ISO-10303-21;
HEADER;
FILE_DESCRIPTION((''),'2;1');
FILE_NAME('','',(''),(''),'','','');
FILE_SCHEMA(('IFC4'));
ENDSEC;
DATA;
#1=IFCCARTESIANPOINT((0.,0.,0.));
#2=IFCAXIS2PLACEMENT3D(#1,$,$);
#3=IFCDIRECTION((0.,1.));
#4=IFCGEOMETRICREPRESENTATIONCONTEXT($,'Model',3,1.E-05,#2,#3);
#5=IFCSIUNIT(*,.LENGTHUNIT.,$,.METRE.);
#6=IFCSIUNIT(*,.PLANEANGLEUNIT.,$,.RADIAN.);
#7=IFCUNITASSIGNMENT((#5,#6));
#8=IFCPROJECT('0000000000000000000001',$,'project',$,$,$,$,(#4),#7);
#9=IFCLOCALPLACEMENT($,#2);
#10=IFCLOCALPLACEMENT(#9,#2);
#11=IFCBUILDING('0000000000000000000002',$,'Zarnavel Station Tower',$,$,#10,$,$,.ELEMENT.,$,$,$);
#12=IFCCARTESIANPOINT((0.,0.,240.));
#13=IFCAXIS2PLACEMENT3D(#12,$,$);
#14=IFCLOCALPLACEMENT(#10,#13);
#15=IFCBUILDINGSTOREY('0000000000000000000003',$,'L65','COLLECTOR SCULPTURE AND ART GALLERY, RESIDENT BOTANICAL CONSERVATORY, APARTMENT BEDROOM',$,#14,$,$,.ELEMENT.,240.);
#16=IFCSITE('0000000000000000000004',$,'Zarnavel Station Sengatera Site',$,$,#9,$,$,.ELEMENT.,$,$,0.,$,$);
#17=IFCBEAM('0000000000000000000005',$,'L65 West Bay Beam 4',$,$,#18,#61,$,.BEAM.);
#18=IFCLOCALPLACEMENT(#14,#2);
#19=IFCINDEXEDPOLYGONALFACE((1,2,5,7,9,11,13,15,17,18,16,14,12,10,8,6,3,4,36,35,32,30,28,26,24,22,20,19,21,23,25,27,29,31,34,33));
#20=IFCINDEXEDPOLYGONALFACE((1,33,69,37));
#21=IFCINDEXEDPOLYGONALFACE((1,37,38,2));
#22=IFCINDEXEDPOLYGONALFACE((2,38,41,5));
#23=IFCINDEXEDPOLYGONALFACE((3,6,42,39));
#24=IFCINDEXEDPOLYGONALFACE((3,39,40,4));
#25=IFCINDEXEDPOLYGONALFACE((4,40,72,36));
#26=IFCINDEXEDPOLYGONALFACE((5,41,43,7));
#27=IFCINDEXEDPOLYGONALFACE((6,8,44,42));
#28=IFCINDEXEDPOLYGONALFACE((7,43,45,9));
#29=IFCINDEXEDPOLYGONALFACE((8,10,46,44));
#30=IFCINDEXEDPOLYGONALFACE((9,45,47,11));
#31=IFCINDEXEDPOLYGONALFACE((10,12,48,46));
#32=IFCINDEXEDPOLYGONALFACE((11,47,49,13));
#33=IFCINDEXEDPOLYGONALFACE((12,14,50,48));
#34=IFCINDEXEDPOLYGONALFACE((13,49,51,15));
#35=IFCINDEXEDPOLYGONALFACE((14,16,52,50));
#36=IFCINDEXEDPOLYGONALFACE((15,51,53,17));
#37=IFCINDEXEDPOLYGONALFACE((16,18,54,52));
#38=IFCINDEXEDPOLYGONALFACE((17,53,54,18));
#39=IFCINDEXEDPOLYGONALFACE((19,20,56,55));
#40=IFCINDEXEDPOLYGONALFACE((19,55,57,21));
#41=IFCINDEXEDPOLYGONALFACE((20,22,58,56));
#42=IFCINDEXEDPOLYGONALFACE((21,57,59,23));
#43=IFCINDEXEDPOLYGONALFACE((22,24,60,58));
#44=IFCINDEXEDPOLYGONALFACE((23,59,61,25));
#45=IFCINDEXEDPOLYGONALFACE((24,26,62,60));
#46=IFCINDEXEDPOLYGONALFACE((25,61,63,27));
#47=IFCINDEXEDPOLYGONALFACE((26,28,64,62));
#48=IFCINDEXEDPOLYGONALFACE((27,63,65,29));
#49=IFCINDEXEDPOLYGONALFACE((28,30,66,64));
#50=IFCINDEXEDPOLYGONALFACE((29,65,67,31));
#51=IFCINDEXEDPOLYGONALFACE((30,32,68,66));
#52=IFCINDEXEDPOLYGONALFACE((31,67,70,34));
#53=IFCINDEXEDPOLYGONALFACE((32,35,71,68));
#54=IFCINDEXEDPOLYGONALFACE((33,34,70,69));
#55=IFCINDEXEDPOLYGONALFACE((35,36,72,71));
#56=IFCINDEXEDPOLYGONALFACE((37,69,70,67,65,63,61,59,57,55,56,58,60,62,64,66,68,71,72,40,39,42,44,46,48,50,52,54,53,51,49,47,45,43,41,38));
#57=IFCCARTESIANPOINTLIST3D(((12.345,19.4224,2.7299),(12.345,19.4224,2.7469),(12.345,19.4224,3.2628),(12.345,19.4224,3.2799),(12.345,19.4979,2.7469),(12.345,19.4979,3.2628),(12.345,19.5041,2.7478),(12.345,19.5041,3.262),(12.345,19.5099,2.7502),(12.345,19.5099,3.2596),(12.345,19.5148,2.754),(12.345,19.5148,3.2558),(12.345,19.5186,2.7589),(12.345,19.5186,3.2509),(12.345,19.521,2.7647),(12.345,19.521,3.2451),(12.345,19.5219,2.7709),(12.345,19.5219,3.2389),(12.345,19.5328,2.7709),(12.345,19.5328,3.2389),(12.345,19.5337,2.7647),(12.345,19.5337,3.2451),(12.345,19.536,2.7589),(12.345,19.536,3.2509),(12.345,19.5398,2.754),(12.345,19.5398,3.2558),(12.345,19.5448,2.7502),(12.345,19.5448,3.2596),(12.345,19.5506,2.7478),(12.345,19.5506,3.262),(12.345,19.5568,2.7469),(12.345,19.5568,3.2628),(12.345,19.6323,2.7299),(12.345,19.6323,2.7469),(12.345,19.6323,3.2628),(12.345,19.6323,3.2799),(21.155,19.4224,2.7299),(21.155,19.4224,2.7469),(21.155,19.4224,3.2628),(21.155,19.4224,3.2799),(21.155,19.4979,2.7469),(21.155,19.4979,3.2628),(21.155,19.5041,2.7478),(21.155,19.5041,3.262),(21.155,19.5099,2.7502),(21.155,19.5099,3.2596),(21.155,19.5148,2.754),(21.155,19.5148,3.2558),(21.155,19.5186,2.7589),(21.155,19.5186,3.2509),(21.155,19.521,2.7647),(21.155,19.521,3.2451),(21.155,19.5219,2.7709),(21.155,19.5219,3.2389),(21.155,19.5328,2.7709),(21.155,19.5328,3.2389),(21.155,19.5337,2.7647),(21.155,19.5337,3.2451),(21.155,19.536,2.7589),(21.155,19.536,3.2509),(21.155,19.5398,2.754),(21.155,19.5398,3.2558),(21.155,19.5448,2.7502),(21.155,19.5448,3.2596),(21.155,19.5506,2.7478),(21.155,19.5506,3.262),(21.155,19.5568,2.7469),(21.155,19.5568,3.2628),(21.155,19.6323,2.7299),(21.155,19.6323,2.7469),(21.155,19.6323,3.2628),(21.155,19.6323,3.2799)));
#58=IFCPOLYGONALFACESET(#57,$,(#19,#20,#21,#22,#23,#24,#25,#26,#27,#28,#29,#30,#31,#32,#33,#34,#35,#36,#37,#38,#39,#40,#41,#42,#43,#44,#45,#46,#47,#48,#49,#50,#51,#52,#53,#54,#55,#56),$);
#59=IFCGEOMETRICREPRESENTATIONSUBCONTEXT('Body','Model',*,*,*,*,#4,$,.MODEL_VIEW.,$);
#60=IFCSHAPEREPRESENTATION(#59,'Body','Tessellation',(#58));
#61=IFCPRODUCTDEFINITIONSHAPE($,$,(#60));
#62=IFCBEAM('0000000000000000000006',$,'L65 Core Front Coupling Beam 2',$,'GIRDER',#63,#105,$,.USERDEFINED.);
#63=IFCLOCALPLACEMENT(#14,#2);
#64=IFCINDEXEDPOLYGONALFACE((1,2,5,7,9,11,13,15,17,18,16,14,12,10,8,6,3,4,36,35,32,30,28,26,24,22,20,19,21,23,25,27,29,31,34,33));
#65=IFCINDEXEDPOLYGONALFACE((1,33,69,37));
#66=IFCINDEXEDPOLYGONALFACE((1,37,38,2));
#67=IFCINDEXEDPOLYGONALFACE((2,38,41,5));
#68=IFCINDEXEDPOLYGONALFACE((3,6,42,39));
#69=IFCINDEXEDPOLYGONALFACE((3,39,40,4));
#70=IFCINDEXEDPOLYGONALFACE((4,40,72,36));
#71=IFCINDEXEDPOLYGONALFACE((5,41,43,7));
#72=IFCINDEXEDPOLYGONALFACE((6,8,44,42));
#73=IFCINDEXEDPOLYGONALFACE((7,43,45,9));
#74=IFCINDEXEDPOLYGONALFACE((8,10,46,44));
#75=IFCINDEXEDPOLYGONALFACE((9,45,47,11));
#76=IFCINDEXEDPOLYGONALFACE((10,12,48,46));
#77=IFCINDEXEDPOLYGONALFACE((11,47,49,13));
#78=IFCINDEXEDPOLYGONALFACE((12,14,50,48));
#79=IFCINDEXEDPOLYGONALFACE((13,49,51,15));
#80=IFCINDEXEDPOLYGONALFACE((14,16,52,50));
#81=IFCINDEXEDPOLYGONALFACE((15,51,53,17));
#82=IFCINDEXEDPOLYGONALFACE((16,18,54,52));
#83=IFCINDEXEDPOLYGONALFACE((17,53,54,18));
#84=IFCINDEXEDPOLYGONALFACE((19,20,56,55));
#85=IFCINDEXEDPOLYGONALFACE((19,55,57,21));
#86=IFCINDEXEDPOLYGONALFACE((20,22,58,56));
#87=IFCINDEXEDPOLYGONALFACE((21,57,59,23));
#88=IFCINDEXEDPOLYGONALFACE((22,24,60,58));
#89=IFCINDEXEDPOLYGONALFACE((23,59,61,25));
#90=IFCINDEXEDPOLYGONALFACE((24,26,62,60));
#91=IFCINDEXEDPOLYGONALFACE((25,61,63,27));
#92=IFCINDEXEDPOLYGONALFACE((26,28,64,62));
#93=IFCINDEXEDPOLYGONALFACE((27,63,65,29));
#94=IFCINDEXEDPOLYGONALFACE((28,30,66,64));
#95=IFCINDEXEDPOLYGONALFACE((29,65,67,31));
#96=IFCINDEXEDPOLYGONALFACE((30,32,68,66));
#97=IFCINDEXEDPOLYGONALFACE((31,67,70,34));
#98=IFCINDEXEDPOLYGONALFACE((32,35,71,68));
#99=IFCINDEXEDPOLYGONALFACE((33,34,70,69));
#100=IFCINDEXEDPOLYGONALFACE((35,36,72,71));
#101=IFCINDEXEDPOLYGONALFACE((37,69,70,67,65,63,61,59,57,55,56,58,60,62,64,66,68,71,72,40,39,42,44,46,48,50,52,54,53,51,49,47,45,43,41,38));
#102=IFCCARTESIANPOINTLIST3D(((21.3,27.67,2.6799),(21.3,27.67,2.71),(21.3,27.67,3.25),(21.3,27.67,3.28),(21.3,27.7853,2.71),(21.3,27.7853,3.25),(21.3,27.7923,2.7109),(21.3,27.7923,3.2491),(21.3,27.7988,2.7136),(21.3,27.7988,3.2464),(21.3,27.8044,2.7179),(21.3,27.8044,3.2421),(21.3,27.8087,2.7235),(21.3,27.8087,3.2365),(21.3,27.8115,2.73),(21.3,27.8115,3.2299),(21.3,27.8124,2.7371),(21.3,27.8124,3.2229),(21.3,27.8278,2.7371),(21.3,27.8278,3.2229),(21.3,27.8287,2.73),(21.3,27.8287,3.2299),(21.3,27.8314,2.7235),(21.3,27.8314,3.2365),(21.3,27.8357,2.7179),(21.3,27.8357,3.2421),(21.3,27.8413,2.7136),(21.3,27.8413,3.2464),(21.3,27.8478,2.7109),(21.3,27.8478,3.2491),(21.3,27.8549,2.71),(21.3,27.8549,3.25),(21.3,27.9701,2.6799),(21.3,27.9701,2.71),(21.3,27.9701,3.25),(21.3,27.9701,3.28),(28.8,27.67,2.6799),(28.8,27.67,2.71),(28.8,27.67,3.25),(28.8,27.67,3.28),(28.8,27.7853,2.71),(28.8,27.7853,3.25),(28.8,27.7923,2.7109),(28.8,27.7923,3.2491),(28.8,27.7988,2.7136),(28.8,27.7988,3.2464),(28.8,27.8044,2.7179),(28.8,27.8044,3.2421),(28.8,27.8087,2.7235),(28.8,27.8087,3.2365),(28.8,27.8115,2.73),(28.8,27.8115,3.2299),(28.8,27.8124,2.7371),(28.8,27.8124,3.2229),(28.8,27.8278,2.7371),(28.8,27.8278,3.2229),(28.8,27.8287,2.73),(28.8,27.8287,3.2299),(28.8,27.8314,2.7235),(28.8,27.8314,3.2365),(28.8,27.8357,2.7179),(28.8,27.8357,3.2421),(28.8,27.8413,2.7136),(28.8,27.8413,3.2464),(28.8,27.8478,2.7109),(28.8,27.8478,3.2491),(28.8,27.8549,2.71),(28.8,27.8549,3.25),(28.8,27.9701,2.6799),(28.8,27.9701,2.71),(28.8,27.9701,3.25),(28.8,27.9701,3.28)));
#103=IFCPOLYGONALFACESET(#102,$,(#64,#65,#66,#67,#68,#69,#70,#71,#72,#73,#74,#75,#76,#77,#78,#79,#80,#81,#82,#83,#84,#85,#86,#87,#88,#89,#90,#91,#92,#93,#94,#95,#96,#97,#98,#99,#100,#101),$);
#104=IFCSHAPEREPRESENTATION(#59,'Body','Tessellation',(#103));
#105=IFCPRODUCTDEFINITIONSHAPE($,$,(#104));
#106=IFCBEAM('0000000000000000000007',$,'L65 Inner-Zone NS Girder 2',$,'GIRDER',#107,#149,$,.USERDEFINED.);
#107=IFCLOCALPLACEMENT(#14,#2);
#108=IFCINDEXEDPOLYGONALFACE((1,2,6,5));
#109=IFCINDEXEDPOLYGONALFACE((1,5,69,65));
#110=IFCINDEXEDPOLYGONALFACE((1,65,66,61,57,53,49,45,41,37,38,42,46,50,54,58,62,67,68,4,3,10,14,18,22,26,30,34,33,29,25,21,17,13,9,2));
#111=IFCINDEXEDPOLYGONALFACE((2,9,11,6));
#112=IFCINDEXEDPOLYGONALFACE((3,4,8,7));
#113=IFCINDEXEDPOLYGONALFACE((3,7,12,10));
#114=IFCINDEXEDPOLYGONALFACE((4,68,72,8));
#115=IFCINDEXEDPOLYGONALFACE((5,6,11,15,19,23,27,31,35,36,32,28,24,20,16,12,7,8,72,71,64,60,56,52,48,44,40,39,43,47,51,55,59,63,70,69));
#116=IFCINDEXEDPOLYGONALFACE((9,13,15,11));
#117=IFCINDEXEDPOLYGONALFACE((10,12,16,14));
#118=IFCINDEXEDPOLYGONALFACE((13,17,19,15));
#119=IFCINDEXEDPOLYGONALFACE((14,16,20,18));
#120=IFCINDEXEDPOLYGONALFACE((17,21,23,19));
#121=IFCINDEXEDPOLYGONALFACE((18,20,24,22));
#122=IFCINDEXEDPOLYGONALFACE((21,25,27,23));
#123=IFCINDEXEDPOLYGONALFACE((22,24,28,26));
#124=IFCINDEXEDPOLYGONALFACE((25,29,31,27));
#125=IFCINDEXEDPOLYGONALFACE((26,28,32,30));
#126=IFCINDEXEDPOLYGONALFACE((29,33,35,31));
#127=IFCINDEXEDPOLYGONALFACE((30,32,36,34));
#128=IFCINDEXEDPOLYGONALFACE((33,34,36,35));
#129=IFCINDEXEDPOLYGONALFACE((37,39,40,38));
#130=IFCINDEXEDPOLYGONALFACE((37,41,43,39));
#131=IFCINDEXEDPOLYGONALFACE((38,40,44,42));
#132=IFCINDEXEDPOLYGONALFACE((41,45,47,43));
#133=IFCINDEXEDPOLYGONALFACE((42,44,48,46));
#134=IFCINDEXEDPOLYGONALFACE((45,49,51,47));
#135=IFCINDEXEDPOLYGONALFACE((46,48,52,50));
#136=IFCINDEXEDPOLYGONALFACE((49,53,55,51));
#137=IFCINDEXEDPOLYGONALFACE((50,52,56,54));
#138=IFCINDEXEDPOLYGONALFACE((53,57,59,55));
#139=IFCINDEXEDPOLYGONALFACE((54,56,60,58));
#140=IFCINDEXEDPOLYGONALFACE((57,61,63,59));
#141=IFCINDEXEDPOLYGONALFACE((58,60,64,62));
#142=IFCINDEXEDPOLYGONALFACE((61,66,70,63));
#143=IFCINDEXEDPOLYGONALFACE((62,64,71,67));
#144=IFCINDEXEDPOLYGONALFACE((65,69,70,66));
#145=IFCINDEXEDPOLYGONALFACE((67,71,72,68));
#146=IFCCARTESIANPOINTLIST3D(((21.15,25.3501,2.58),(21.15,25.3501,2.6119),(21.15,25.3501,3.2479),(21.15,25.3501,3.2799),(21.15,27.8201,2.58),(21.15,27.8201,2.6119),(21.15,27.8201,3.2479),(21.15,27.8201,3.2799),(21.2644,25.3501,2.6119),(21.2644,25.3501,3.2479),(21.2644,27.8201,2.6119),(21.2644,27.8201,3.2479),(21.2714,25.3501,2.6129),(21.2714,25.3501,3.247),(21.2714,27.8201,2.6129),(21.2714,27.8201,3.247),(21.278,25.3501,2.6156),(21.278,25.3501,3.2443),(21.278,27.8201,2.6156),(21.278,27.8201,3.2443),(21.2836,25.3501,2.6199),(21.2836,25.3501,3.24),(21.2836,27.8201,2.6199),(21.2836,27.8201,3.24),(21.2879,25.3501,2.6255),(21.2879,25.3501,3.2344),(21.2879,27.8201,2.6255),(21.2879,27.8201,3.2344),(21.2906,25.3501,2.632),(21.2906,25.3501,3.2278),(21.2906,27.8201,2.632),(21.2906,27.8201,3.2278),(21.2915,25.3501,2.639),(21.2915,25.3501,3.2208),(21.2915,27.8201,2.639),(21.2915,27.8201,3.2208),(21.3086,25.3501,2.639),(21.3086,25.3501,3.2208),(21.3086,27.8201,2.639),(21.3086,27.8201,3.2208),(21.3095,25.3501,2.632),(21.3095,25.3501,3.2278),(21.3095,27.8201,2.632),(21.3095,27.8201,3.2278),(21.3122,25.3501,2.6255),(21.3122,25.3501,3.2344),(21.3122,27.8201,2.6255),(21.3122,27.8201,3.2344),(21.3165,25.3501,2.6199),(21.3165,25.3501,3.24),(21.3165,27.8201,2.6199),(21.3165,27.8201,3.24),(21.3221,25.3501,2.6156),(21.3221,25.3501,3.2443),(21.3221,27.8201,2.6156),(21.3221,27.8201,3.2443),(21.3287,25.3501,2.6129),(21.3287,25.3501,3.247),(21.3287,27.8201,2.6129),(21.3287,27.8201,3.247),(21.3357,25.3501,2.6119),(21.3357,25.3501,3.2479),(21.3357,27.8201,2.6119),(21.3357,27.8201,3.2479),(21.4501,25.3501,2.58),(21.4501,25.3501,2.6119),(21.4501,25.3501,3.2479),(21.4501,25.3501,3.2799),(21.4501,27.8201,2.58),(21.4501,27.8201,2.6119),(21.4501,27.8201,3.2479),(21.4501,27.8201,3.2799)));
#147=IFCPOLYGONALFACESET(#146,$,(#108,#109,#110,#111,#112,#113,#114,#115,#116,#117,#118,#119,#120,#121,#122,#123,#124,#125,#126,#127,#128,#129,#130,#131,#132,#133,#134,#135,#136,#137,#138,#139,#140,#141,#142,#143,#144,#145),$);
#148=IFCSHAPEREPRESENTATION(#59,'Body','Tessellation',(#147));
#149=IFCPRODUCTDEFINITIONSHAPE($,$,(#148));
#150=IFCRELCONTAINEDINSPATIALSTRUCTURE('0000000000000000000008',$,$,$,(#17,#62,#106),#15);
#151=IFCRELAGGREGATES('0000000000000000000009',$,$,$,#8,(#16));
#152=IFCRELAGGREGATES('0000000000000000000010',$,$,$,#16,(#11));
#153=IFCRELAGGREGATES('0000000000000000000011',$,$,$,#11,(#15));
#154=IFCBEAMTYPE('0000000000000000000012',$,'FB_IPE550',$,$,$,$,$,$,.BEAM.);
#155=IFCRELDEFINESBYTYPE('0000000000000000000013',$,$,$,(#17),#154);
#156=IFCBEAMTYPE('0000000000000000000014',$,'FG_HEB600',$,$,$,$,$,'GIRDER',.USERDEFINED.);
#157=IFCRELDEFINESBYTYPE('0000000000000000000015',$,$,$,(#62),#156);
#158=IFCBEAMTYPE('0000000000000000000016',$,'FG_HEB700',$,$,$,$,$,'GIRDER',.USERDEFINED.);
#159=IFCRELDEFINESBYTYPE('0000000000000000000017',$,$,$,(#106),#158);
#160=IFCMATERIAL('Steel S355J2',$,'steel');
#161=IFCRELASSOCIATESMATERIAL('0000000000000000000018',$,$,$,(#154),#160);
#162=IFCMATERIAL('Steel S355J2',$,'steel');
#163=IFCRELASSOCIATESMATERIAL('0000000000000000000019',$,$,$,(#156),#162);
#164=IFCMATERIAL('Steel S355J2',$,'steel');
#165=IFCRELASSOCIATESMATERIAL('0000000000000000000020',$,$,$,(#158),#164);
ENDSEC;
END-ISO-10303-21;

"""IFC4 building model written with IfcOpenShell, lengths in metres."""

from ifc_helpers import new_model, si_unit, direction, frame, origin, origin_2d, place, context, subcontext, project, spatial, i_section, extrude, material, material_profile, profile_set, type_object, element, save


model = new_model("IFC4")

# Units and contexts
model_context = context("Model", 3, precision=1e-05, world=origin(), true_north=direction((0.0, 1.0)))
body_context = subcontext(model_context, "Body", "Model", "MODEL_VIEW")
ifc_project = project(units=[si_unit("LENGTHUNIT", "METRE"), si_unit("PLANEANGLEUNIT", "RADIAN")], contexts=[model_context])

# Site, building, storey
site_placement = place(None, origin())
site = spatial("IfcSite", under=ifc_project, at=site_placement, Name="Zarnavel Station Sengatera Site", CompositionType="ELEMENT", RefElevation=0.0)
building_placement = place(site_placement, origin())
building = spatial("IfcBuilding", under=site, at=building_placement, Name="Zarnavel Station Tower", CompositionType="ELEMENT")
storey_placement = place(building_placement, frame((0.0, 0.0, 240.0)))
storey = spatial("IfcBuildingStorey", under=building, at=storey_placement, Name="L65", Description="COLLECTOR SCULPTURE AND ART GALLERY, RESIDENT BOTANICAL CONSERVATORY, APARTMENT BEDROOM", CompositionType="ELEMENT", Elevation=240.0)

# Beams
ifc_material_1 = material(Name="Steel S355J2", Category="steel")
ifc_material_profile_1 = material_profile(ifc_material_1, i_section(OverallWidth=0.21, OverallDepth=0.55, WebThickness=0.011, FlangeThickness=0.0171, FilletRadius=0.0239, at=origin_2d()), Name="IPE550")
ifc_profile_set_1 = profile_set([ifc_material_profile_1], Name="Steel S355J2")
beam_type_1 = type_object("IfcBeamType", Name="FB_IPE550", PredefinedType="BEAM", material=ifc_profile_set_1)
beam_1_placement = place(storey_placement, frame((12.345, 19.5273, 3.0049), z_axis=(1.0, 0.0, 0.0), x_axis=(0.0, 1.0, 0.0)))
element("IfcBeam", 1, at=beam_1_placement, inside=storey, type_object=beam_type_1, Name="L65 West Bay Beam 4", PredefinedType="BEAM", context=body_context, shape_type="SweptSolid", body=[
    extrude(i_section(OverallWidth=0.21, OverallDepth=0.55, WebThickness=0.011, FlangeThickness=0.0171, FilletRadius=0.0239, at=origin_2d()), origin(), (0.0, 0.0, 1.0), 8.8101),
])
ifc_material_2 = material(Name="Steel S355J2", Category="steel")
ifc_material_profile_2 = material_profile(ifc_material_2, i_section(OverallWidth=0.3, OverallDepth=0.6001, WebThickness=0.0154, FlangeThickness=0.03, FilletRadius=0.0271, at=origin_2d()), Name="HEB600")
ifc_profile_set_2 = profile_set([ifc_material_profile_2], Name="Steel S355J2")
beam_type_2 = type_object("IfcBeamType", Name="FG_HEB600", ElementType="GIRDER", PredefinedType="USERDEFINED", material=ifc_profile_set_2)
beam_2_placement = place(storey_placement, frame((21.3, 27.8201, 2.98), z_axis=(1.0, 0.0, 0.0), x_axis=(0.0, 1.0, 0.0)))
element("IfcBeam", 2, at=beam_2_placement, inside=storey, type_object=beam_type_2, Name="L65 Core Front Coupling Beam 2", ObjectType="GIRDER", PredefinedType="USERDEFINED", context=body_context, shape_type="SweptSolid", body=[
    extrude(i_section(OverallWidth=0.3, OverallDepth=0.6001, WebThickness=0.0154, FlangeThickness=0.03, FilletRadius=0.0271, at=origin_2d()), origin(), (0.0, 0.0, 1.0), 7.5),
])
ifc_material_3 = material(Name="Steel S355J2", Category="steel")
ifc_material_profile_3 = material_profile(ifc_material_3, i_section(OverallWidth=0.3, OverallDepth=0.7, WebThickness=0.0171, FlangeThickness=0.032, FilletRadius=0.0271, at=origin_2d()), Name="HEB700")
ifc_profile_set_3 = profile_set([ifc_material_profile_3], Name="Steel S355J2")
beam_type_3 = type_object("IfcBeamType", Name="FG_HEB700", ElementType="GIRDER", PredefinedType="USERDEFINED", material=ifc_profile_set_3)
beam_3_placement = place(storey_placement, frame((21.3, 25.3501, 2.9299), z_axis=(0.0, 1.0, 0.0), x_axis=(-1.0, 0.0, 0.0)))
element("IfcBeam", 3, at=beam_3_placement, inside=storey, type_object=beam_type_3, Name="L65 Inner-Zone NS Girder 2", ObjectType="GIRDER", PredefinedType="USERDEFINED", context=body_context, shape_type="SweptSolid", body=[
    extrude(i_section(OverallWidth=0.3, OverallDepth=0.7, WebThickness=0.0171, FlangeThickness=0.032, FilletRadius=0.0271, at=origin_2d()), origin(), (0.0, 0.0, 1.0), 2.47),
])

save(model, "model.ifc")
